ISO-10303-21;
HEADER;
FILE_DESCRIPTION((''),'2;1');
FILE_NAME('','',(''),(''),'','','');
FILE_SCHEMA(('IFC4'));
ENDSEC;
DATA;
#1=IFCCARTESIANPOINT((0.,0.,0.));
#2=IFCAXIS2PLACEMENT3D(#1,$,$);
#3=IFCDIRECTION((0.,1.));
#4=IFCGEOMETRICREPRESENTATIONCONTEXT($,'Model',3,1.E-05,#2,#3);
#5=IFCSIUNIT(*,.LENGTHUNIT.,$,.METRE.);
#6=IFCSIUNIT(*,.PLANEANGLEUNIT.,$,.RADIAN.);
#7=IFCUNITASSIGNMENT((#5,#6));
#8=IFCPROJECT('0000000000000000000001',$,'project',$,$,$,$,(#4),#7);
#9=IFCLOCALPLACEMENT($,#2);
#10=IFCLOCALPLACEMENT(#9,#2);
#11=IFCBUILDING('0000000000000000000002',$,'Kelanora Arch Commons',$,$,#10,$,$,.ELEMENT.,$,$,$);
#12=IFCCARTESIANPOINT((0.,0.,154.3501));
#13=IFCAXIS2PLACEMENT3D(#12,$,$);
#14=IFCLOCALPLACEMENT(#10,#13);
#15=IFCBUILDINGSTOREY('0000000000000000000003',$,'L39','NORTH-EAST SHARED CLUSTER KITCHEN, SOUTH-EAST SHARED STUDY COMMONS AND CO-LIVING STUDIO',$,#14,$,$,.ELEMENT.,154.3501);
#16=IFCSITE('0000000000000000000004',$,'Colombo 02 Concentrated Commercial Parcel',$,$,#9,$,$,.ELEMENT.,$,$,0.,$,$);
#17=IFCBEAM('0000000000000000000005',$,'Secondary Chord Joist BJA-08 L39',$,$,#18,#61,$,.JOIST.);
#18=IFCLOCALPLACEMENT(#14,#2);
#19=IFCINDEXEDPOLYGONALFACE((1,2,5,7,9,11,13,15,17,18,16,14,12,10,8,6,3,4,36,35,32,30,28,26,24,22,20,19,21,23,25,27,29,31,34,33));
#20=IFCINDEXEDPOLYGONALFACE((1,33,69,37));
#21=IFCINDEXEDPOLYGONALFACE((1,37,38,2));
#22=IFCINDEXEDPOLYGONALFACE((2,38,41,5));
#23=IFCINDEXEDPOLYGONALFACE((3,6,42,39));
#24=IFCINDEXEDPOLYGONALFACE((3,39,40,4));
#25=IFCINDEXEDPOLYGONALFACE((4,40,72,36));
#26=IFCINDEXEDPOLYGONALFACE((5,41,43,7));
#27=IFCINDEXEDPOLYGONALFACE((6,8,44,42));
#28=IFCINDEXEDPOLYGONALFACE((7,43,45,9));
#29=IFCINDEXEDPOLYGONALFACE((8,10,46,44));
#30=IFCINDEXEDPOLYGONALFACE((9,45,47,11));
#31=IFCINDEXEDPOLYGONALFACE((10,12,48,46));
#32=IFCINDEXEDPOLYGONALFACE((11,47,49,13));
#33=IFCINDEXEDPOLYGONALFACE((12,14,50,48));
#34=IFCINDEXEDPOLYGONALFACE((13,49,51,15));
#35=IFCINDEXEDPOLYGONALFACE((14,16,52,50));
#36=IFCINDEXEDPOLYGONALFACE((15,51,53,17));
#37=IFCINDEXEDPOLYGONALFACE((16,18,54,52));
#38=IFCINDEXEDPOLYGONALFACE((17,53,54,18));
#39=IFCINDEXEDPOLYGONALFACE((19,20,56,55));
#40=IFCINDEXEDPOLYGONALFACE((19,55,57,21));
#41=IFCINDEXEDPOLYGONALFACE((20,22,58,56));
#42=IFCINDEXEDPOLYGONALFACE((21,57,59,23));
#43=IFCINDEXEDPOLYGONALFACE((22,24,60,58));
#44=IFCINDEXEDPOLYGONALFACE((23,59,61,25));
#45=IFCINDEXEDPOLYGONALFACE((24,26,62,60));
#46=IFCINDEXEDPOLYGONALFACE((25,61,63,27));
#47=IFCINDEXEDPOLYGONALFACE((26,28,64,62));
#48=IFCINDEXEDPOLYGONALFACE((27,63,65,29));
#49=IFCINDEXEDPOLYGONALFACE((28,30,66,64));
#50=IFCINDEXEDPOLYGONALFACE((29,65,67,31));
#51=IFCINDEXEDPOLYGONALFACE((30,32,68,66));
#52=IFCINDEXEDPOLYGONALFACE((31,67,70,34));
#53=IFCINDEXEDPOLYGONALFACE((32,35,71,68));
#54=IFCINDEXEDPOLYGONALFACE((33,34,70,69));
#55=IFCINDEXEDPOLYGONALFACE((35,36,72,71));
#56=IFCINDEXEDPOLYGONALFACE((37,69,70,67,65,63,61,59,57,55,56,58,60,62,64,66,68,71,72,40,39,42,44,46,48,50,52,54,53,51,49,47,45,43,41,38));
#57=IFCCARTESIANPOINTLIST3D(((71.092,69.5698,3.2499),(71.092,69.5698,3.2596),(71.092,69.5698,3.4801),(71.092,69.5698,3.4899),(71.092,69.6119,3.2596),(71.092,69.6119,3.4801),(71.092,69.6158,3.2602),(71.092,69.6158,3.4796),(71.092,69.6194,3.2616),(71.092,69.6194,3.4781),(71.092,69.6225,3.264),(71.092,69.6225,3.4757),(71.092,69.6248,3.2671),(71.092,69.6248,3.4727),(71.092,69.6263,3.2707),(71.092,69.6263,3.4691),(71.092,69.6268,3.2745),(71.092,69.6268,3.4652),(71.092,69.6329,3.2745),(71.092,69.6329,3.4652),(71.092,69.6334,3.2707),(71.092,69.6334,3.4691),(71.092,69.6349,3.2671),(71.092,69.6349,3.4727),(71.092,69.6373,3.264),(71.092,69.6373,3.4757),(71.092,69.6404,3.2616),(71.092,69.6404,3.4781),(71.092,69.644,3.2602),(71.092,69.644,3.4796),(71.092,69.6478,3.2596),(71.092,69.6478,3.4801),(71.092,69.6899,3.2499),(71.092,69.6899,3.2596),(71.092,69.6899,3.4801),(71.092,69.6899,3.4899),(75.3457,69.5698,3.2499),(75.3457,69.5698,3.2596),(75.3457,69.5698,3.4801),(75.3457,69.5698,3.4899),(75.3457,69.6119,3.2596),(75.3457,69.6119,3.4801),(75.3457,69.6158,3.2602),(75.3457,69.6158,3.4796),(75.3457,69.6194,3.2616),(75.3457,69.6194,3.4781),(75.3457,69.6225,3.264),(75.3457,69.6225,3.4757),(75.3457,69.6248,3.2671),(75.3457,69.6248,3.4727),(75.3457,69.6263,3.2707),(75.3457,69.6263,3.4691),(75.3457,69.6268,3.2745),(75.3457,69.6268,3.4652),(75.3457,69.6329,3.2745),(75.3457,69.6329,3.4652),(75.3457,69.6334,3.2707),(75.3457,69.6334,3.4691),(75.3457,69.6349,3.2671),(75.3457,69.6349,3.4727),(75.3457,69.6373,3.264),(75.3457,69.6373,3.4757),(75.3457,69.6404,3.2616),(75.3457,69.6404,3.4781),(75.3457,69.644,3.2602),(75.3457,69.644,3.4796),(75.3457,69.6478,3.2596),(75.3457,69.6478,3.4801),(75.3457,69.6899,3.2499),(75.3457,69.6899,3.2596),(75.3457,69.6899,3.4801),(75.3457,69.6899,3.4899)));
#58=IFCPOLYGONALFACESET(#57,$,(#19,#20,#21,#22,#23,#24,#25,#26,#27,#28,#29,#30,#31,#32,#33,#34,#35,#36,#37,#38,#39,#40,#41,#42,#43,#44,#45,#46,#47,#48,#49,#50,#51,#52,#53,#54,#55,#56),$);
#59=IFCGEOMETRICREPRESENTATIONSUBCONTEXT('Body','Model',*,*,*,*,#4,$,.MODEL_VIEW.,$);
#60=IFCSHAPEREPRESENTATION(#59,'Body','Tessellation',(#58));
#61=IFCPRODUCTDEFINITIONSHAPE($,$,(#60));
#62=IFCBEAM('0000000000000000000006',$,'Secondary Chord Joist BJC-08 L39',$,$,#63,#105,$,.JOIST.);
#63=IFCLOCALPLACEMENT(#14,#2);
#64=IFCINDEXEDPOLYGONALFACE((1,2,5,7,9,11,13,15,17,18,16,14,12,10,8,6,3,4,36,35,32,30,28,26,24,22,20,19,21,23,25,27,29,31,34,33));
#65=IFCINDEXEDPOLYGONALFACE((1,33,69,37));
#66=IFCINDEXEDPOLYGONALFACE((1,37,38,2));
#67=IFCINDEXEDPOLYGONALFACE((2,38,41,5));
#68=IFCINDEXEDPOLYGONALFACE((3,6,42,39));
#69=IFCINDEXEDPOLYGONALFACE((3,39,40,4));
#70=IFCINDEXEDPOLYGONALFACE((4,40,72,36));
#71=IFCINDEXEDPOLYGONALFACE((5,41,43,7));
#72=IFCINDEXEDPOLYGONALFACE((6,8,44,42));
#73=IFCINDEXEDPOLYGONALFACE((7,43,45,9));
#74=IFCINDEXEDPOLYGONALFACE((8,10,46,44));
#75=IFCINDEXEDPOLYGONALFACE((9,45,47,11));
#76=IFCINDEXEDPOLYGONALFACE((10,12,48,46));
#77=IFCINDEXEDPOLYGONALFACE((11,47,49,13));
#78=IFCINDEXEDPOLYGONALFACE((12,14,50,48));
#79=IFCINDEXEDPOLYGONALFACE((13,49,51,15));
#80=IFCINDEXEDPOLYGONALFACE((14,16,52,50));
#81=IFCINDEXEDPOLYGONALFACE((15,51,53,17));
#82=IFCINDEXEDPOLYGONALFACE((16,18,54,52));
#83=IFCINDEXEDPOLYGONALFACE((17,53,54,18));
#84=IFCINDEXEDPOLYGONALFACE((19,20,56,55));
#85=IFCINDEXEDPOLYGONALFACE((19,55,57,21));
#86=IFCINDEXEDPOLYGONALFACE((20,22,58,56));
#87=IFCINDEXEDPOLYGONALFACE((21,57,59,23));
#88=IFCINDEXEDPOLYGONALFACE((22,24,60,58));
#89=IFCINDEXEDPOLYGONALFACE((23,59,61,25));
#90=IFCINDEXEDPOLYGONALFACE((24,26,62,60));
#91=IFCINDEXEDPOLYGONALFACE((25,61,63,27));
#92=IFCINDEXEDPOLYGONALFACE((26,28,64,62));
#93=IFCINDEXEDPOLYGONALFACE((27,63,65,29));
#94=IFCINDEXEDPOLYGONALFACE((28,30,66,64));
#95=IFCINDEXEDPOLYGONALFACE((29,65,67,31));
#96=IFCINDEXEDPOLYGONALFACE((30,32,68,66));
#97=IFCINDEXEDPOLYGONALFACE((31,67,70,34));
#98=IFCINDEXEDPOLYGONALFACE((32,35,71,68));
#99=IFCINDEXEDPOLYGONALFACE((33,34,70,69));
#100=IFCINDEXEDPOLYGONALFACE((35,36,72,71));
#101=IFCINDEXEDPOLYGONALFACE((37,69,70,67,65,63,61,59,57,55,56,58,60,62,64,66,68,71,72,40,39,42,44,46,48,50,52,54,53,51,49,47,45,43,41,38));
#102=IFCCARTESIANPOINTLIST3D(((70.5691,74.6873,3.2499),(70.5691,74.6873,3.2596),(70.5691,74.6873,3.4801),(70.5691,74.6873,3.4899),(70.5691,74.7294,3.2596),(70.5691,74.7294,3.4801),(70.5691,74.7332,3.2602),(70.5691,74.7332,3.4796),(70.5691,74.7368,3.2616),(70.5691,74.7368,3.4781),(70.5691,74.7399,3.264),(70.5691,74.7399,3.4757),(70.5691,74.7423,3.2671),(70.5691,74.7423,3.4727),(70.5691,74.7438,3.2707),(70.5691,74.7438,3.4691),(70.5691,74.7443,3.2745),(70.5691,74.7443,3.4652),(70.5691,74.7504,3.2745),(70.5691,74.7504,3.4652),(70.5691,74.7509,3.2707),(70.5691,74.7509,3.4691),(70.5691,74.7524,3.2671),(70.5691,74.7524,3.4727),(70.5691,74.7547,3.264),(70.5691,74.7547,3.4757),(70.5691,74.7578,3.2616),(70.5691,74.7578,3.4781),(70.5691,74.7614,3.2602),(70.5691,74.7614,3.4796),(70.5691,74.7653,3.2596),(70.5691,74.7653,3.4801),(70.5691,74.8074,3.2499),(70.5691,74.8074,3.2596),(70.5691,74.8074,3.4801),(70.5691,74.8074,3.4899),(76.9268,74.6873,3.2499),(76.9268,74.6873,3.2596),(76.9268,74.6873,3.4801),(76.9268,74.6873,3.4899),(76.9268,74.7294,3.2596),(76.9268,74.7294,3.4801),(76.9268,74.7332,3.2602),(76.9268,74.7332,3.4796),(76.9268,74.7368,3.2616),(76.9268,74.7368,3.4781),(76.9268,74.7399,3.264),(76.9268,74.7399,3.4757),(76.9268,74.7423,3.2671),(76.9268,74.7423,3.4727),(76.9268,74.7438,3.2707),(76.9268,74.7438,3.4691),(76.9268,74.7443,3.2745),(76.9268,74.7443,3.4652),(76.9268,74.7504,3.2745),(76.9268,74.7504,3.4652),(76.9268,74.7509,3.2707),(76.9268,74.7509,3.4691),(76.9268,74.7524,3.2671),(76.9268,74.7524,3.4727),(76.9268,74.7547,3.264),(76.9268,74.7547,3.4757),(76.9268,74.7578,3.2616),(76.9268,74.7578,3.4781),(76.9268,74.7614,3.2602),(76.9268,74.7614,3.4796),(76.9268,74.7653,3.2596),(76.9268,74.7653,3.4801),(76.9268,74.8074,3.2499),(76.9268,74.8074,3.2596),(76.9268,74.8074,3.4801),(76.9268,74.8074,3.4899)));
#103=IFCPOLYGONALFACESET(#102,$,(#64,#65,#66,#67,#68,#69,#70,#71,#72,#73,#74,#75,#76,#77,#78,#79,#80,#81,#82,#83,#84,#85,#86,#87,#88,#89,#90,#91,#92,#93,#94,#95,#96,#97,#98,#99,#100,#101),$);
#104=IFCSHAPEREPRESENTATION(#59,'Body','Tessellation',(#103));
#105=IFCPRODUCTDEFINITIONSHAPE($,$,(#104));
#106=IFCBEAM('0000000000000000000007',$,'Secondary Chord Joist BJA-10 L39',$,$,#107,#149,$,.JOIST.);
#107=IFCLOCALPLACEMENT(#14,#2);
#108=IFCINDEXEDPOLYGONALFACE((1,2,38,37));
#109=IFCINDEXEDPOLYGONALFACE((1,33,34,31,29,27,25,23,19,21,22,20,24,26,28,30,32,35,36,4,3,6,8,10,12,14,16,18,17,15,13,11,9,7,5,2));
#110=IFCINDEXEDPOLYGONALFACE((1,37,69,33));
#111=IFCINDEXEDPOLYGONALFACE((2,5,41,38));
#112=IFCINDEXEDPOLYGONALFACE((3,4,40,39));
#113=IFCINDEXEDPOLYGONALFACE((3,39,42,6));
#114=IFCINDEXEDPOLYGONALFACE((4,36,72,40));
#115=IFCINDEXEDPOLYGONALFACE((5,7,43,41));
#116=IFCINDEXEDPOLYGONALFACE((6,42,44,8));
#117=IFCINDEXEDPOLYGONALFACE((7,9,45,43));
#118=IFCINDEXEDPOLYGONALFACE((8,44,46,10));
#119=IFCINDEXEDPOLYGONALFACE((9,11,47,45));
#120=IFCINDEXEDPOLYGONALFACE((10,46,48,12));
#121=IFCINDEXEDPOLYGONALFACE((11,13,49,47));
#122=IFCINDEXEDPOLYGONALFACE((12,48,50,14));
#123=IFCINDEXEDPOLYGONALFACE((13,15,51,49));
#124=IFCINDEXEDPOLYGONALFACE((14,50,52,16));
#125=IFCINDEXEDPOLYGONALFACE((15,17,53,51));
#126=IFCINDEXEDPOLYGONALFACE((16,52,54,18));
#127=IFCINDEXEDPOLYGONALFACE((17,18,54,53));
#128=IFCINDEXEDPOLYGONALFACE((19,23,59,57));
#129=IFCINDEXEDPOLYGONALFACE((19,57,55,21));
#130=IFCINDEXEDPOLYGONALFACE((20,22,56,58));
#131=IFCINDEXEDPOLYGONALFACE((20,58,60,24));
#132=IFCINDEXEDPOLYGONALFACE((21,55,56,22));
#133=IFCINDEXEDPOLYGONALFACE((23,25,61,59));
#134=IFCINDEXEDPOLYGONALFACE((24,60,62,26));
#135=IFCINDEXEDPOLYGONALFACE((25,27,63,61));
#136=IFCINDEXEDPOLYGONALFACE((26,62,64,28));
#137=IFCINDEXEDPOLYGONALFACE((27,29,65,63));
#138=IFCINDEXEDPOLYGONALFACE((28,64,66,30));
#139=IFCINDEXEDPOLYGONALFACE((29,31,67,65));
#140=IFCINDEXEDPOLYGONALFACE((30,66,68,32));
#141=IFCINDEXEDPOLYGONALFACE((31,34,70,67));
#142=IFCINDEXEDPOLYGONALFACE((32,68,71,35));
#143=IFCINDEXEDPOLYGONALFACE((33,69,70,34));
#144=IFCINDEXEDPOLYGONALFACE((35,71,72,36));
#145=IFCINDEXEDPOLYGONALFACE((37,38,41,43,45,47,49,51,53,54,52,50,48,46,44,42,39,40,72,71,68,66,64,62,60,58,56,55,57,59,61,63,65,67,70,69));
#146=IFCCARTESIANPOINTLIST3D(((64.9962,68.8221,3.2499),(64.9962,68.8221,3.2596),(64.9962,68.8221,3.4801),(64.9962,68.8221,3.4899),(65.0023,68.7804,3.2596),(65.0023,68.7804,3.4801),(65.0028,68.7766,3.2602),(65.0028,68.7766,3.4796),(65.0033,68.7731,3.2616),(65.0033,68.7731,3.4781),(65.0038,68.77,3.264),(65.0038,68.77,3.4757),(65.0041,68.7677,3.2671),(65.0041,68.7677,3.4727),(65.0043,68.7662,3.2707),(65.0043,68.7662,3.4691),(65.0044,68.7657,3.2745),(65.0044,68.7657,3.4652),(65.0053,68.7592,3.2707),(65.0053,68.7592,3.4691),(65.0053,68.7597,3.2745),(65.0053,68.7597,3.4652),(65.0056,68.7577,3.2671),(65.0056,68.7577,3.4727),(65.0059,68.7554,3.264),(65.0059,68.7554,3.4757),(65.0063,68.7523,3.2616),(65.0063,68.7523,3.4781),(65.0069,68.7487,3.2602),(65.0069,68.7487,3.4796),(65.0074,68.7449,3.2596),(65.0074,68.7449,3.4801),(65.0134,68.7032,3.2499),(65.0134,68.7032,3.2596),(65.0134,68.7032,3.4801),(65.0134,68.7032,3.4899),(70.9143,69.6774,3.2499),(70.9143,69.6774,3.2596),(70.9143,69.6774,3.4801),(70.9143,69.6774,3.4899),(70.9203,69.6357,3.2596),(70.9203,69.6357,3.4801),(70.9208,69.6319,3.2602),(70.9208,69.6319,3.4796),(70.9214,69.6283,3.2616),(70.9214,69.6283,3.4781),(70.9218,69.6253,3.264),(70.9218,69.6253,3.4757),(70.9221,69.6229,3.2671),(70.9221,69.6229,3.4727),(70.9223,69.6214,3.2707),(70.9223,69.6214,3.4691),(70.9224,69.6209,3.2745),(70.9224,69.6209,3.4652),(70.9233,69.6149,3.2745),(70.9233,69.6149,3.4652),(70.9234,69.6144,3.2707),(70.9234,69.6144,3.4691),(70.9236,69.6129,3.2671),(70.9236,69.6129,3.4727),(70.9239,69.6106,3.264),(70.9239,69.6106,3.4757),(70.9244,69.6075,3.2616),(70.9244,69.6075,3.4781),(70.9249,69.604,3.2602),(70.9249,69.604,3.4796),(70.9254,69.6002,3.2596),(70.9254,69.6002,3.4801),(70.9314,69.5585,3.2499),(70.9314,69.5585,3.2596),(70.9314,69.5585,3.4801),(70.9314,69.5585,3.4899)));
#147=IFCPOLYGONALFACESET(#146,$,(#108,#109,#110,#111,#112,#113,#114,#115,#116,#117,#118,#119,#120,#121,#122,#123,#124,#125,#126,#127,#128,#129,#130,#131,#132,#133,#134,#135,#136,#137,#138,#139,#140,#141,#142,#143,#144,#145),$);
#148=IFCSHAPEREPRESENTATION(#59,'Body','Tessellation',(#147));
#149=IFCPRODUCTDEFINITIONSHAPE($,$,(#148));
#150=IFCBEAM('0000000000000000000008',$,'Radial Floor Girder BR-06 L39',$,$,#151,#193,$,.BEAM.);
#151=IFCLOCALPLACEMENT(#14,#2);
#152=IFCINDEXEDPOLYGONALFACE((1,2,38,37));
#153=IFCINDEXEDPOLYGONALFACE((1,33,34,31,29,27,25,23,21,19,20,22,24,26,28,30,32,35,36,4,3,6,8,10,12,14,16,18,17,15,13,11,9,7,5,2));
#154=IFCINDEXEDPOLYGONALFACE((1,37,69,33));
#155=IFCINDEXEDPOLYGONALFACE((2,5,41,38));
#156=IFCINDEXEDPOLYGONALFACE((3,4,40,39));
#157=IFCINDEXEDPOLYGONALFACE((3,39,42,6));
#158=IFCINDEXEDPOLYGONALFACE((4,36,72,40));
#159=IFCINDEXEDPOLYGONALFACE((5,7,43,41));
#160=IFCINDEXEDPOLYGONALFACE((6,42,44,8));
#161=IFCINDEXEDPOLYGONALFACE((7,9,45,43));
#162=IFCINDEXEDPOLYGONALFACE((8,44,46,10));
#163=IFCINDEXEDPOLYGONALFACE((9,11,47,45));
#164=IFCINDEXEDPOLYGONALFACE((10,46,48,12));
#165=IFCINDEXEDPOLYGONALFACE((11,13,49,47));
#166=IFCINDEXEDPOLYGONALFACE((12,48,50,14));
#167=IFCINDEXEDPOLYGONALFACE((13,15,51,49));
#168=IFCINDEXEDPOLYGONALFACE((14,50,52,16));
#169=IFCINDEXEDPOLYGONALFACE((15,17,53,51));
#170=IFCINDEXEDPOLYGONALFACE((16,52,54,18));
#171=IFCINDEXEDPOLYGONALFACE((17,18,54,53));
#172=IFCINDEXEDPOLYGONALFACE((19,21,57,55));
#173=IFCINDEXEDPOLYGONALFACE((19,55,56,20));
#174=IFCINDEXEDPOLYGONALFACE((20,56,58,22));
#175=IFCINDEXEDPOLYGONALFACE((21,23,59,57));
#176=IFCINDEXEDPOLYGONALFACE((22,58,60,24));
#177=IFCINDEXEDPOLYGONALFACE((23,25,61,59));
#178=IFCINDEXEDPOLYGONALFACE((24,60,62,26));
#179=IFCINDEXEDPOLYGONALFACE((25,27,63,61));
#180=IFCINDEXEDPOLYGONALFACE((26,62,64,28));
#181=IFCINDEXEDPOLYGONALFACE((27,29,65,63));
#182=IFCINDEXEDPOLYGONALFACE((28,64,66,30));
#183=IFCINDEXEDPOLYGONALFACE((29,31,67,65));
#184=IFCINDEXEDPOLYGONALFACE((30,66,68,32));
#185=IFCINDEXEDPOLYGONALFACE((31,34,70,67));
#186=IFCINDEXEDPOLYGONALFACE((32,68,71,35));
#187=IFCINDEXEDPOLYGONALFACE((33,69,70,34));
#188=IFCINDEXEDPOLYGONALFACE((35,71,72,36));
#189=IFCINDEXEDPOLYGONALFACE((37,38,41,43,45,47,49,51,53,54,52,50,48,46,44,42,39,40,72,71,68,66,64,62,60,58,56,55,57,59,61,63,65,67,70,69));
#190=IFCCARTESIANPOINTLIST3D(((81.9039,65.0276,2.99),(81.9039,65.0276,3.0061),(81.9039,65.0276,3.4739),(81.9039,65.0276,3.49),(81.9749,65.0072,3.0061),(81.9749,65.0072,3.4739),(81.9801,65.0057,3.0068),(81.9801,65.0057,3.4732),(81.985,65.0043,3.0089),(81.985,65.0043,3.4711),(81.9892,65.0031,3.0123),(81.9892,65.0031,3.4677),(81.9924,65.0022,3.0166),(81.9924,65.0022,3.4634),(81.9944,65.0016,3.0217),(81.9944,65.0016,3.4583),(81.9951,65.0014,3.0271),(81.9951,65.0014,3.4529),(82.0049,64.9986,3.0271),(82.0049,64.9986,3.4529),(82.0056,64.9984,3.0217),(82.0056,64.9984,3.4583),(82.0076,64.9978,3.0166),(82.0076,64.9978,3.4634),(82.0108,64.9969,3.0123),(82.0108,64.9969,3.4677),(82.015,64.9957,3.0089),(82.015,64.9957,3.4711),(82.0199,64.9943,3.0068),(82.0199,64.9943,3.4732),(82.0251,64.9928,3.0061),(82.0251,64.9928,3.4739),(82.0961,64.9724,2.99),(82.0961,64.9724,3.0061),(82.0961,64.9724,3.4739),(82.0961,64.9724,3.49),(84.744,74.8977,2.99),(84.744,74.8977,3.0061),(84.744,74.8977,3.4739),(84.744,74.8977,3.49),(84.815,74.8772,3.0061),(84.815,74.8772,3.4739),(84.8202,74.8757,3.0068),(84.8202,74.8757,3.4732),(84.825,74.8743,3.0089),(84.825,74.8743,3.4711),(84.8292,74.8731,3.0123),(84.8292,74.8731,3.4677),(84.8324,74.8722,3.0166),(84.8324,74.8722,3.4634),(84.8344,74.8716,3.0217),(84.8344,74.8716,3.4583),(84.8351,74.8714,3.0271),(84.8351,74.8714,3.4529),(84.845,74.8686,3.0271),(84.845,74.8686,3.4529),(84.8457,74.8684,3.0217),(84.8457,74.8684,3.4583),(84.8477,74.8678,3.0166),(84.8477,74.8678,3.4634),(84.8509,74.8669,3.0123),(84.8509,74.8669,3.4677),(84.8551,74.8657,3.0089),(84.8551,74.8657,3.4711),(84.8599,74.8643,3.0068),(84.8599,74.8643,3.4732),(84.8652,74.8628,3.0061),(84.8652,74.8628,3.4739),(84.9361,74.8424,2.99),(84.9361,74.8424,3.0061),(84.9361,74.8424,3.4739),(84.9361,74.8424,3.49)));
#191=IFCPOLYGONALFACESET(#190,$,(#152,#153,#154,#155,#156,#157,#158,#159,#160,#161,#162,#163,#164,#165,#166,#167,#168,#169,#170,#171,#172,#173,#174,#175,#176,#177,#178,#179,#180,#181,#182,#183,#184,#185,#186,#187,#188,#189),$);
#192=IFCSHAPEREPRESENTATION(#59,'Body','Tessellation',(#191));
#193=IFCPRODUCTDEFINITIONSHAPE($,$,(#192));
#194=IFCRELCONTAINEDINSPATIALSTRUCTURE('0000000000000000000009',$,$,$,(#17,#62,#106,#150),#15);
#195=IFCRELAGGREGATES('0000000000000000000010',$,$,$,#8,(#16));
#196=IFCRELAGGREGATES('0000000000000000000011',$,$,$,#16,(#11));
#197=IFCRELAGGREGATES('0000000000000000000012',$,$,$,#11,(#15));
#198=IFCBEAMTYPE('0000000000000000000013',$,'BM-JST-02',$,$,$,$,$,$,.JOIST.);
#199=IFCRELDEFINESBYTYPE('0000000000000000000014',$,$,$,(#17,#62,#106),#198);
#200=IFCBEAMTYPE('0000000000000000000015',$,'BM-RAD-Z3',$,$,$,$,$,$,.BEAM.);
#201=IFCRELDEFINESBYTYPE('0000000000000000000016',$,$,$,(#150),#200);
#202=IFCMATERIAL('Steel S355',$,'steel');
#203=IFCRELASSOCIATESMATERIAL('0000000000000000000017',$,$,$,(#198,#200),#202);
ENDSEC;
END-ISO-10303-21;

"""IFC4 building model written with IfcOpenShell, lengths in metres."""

from ifc_helpers import new_model, si_unit, direction, frame, origin, origin_2d, place, context, subcontext, project, spatial, i_section, extrude, material, material_profile, profile_set, type_object, element, save


model = new_model("IFC4")

# Units and contexts
model_context = context("Model", 3, precision=1e-05, world=origin(), true_north=direction((0.0, 1.0)))
body_context = subcontext(model_context, "Body", "Model", "MODEL_VIEW")
ifc_project = project(units=[si_unit("LENGTHUNIT", "METRE"), si_unit("PLANEANGLEUNIT", "RADIAN")], contexts=[model_context])

# Site, building, storey
site_placement = place(None, origin())
site = spatial("IfcSite", under=ifc_project, at=site_placement, Name="Colombo 02 Concentrated Commercial Parcel", CompositionType="ELEMENT", RefElevation=0.0)
building_placement = place(site_placement, origin())
building = spatial("IfcBuilding", under=site, at=building_placement, Name="Kelanora Arch Commons", CompositionType="ELEMENT")
storey_placement = place(building_placement, frame((0.0, 0.0, 154.3501)))
storey = spatial("IfcBuildingStorey", under=building, at=storey_placement, Name="L39", Description="NORTH-EAST SHARED CLUSTER KITCHEN, SOUTH-EAST SHARED STUDY COMMONS AND CO-LIVING STUDIO", CompositionType="ELEMENT", Elevation=154.3501)

# Beams
ifc_material_1 = material(Name="Steel S355", Category="steel")
ifc_material_profile_1 = material_profile(ifc_material_1, i_section(OverallWidth=0.1201, OverallDepth=0.24, WebThickness=0.0061, FlangeThickness=0.0098, FilletRadius=0.0149, at=origin_2d()), Name="IPE240")
ifc_profile_set_1 = profile_set([ifc_material_profile_1], Name="Steel S355")
beam_type_1 = type_object("IfcBeamType", Name="BM-JST-02", PredefinedType="JOIST", material=ifc_profile_set_1)
beam_1_placement = place(storey_placement, frame((75.3457, 69.6299, 3.3699), z_axis=(-1.0, 0.0, 0.0), x_axis=(0.0, -1.0, 0.0)))
element("IfcBeam", 1, at=beam_1_placement, inside=storey, type_object=beam_type_1, Name="Secondary Chord Joist BJA-08 L39", PredefinedType="JOIST", context=body_context, shape_type="SweptSolid", body=[
    extrude(i_section(OverallWidth=0.1201, OverallDepth=0.24, WebThickness=0.0061, FlangeThickness=0.0098, FilletRadius=0.0149, at=origin_2d()), origin(), (0.0, 0.0, 1.0), 4.2537),
])
beam_2_placement = place(storey_placement, frame((76.9268, 74.7473, 3.3699), z_axis=(-1.0, 0.0, 0.0), x_axis=(0.0, -1.0, 0.0)))
element("IfcBeam", 2, at=beam_2_placement, inside=storey, type_object=beam_type_1, Name="Secondary Chord Joist BJC-08 L39", PredefinedType="JOIST", context=body_context, shape_type="SweptSolid", body=[
    extrude(i_section(OverallWidth=0.1201, OverallDepth=0.24, WebThickness=0.0061, FlangeThickness=0.0098, FilletRadius=0.0149, at=origin_2d()), origin(), (0.0, 0.0, 1.0), 6.3577),
])
beam_3_placement = place(storey_placement, frame((70.9229, 69.6179, 3.3699), z_axis=(-0.989719, -0.143027, 0.0), x_axis=(0.143027, -0.989719, 0.0)))
element("IfcBeam", 3, at=beam_3_placement, inside=storey, type_object=beam_type_1, Name="Secondary Chord Joist BJA-10 L39", PredefinedType="JOIST", context=body_context, shape_type="SweptSolid", body=[
    extrude(i_section(OverallWidth=0.1201, OverallDepth=0.24, WebThickness=0.0061, FlangeThickness=0.0098, FilletRadius=0.0149, at=origin_2d()), origin(), (0.0, 0.0, 1.0), 5.9795),
])
ifc_material_profile_2 = material_profile(ifc_material_1, i_section(OverallWidth=0.2, OverallDepth=0.5, WebThickness=0.0103, FlangeThickness=0.0161, FilletRadius=0.021, at=origin_2d()), Name="IPE500")
ifc_profile_set_2 = profile_set([ifc_material_profile_2], Name="Steel S355")
beam_type_2 = type_object("IfcBeamType", Name="BM-RAD-Z3", PredefinedType="BEAM", material=ifc_profile_set_2)
beam_4_placement = place(storey_placement, frame((82.0, 65.0, 3.24), z_axis=(0.276526, 0.961006, 0.0), x_axis=(-0.961006, 0.276526, 0.0)))
element("IfcBeam", 4, at=beam_4_placement, inside=storey, type_object=beam_type_2, Name="Radial Floor Girder BR-06 L39", PredefinedType="BEAM", context=body_context, shape_type="SweptSolid", body=[
    extrude(i_section(OverallWidth=0.2, OverallDepth=0.5, WebThickness=0.0103, FlangeThickness=0.0161, FilletRadius=0.021, at=origin_2d()), origin(), (0.0, 0.0, 1.0), 10.2705),
])

save(model, "model.ifc")
